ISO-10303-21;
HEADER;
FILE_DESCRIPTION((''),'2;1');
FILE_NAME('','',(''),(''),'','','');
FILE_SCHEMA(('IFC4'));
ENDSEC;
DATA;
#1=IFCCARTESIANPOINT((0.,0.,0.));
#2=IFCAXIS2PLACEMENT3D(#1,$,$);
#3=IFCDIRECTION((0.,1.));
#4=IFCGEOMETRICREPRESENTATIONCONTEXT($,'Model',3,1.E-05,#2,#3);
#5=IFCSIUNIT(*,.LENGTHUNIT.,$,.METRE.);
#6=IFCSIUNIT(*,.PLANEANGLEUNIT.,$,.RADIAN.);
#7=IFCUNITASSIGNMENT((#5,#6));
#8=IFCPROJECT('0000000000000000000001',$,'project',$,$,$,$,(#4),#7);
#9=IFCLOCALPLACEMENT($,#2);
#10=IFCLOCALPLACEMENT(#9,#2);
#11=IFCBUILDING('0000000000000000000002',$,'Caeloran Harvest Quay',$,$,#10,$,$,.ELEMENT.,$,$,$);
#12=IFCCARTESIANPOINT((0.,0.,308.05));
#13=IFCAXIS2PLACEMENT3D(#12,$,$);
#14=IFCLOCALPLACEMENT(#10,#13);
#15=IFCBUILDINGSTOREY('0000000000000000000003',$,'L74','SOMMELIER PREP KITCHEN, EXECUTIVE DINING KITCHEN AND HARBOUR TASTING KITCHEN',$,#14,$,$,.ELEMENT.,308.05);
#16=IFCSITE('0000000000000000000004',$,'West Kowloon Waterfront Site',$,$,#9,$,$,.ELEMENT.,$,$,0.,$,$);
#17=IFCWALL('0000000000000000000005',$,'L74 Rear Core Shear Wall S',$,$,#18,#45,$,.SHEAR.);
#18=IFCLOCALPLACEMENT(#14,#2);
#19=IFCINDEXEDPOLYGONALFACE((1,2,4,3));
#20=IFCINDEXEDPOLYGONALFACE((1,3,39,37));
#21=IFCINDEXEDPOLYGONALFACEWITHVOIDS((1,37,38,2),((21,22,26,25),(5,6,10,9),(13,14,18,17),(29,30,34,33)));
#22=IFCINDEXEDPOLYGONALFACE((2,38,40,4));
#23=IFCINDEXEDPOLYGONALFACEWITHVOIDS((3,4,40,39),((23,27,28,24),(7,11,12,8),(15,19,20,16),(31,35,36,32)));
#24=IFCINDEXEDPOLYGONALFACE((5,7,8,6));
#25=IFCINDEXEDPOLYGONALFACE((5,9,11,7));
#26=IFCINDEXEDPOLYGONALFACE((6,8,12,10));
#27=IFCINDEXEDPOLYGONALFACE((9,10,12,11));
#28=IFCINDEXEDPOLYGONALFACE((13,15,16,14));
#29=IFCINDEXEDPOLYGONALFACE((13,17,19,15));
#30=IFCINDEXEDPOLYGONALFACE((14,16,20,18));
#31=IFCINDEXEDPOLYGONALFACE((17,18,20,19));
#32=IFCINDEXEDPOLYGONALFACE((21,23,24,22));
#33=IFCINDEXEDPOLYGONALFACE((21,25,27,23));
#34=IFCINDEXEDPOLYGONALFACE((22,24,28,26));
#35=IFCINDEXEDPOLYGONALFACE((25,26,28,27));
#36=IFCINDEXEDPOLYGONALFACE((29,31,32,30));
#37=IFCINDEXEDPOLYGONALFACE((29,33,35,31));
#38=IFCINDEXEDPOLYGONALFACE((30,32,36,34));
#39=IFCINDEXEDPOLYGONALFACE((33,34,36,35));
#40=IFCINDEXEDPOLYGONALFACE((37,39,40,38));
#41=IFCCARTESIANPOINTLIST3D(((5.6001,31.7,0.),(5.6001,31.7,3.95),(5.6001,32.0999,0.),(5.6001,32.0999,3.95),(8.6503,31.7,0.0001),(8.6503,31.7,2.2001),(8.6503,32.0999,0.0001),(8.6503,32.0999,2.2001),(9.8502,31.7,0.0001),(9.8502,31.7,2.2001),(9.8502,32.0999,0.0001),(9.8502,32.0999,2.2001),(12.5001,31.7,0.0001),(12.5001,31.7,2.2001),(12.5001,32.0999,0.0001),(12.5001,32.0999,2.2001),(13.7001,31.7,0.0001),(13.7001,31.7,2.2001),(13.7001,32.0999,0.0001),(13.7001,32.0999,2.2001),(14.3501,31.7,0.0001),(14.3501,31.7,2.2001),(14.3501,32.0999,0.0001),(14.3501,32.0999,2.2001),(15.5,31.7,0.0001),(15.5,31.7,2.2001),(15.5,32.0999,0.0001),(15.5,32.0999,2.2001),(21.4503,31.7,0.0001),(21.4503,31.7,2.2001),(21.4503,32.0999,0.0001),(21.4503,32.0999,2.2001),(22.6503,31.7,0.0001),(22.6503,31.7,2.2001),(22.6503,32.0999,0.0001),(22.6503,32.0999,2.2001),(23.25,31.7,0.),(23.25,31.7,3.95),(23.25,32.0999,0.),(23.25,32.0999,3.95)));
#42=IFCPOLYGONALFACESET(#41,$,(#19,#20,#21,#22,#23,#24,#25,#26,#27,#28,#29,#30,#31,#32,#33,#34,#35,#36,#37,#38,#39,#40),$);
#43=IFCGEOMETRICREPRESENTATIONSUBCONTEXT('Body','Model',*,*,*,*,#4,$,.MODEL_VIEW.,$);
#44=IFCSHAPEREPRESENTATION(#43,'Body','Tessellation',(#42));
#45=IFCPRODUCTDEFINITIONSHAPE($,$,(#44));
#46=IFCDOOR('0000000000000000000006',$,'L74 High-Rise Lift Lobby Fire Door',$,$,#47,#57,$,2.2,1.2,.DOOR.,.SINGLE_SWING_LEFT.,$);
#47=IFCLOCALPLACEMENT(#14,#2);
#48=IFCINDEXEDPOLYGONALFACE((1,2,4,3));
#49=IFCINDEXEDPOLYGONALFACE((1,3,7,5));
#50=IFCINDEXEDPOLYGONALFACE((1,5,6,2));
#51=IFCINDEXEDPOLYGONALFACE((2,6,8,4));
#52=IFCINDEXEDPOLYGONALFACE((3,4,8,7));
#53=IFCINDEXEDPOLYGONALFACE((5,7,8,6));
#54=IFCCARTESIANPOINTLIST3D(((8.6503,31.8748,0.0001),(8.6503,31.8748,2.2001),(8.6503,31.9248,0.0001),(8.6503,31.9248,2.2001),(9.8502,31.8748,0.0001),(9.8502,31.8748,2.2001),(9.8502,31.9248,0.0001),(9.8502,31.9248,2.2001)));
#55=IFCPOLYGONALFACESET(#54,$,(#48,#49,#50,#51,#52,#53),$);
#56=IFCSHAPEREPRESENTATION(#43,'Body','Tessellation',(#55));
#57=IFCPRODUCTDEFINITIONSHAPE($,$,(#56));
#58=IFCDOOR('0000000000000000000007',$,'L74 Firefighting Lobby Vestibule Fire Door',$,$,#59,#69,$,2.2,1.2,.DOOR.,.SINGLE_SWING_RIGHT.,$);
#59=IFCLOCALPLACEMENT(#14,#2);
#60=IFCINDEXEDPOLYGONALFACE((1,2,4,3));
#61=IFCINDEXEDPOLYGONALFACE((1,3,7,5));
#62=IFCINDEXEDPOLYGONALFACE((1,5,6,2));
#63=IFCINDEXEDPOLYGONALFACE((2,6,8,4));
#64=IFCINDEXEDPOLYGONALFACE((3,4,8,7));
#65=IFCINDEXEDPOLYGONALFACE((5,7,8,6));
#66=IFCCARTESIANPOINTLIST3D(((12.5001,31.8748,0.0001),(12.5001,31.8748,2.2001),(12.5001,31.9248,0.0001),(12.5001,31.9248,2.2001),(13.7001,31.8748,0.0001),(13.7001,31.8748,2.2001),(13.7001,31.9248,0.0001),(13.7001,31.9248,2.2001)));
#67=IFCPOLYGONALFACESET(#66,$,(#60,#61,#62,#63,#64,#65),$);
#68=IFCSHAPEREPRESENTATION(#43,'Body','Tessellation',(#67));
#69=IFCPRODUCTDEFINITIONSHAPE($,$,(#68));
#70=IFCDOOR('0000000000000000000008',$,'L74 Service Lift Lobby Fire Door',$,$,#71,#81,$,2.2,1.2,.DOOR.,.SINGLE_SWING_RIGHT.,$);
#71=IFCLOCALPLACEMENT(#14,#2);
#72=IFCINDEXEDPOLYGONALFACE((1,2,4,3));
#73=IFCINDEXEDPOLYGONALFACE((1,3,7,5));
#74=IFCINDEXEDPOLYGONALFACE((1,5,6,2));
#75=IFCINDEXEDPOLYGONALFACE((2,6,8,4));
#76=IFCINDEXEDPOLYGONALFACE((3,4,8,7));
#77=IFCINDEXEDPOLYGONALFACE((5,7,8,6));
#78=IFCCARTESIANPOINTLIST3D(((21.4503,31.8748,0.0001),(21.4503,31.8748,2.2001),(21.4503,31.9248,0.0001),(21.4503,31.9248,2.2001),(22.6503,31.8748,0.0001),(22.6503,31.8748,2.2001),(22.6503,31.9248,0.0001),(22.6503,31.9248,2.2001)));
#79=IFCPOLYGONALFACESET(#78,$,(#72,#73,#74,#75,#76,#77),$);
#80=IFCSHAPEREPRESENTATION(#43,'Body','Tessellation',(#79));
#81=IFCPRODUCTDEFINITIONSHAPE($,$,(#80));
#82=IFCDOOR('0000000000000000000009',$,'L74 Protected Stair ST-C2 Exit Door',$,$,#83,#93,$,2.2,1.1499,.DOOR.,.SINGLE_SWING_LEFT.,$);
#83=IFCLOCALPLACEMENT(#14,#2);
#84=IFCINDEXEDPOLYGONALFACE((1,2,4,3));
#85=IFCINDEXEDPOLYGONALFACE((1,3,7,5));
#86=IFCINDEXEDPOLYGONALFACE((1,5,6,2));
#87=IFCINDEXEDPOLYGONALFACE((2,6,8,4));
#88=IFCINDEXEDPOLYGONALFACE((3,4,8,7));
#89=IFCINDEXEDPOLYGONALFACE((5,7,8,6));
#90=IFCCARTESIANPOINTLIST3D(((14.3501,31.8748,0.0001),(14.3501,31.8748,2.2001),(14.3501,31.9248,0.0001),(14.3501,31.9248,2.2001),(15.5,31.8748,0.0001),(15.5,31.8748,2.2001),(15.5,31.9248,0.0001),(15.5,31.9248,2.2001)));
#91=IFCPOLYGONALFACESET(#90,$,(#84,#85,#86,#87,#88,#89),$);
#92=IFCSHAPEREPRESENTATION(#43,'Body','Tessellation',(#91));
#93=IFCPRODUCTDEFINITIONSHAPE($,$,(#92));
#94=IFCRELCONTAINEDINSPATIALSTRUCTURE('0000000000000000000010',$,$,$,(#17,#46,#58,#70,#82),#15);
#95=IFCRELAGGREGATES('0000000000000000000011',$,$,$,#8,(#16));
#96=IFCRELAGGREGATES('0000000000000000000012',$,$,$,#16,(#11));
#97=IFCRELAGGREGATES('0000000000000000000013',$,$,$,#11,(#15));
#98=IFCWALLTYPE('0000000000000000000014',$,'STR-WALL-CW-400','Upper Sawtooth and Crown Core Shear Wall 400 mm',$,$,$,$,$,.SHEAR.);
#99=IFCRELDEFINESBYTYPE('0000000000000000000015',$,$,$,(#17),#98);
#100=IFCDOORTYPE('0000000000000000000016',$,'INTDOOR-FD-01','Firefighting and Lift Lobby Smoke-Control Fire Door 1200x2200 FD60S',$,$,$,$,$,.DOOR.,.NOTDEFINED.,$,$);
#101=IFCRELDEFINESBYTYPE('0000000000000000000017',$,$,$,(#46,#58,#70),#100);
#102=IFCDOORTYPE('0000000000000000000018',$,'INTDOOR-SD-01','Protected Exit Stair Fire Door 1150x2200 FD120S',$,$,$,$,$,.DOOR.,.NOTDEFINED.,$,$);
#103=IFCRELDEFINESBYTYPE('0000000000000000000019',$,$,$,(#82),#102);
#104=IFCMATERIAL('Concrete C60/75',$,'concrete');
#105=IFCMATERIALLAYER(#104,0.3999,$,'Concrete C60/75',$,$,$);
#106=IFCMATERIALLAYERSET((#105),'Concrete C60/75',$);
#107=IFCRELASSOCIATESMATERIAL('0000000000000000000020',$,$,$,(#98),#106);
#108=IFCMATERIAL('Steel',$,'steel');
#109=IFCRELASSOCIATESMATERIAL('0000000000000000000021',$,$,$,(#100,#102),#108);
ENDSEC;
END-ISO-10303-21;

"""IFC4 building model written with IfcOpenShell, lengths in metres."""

from ifc_helpers import new_model, si_unit, direction, frame, frame_2d, origin, place, context, subcontext, project, spatial, rectangle, extrude, material, layer, layer_set, type_object, element, fill, save


model = new_model("IFC4")

# Units and contexts
model_context = context("Model", 3, precision=1e-05, world=origin(), true_north=direction((0.0, 1.0)))
body_context = subcontext(model_context, "Body", "Model", "MODEL_VIEW")
ifc_project = project(units=[si_unit("LENGTHUNIT", "METRE"), si_unit("PLANEANGLEUNIT", "RADIAN")], contexts=[model_context])

# Site, building, storey
site_placement = place(None, origin())
site = spatial("IfcSite", under=ifc_project, at=site_placement, Name="West Kowloon Waterfront Site", CompositionType="ELEMENT", RefElevation=0.0)
building_placement = place(site_placement, origin())
building = spatial("IfcBuilding", under=site, at=building_placement, Name="Caeloran Harvest Quay", CompositionType="ELEMENT")
storey_placement = place(building_placement, frame((0.0, 0.0, 308.05)))
storey = spatial("IfcBuildingStorey", under=building, at=storey_placement, Name="L74", Description="SOMMELIER PREP KITCHEN, EXECUTIVE DINING KITCHEN AND HARBOUR TASTING KITCHEN", CompositionType="ELEMENT", Elevation=308.05)

# Wall, openings, doors
ifc_material_1 = material(Name="Concrete C60/75", Category="concrete")
ifc_layer_1 = layer(ifc_material_1, 0.3999, Name="Concrete C60/75")
ifc_layer_set_1 = layer_set([ifc_layer_1], Name="Concrete C60/75")
wall_type = type_object("IfcWallType", Name="STR-WALL-CW-400", Description="Upper Sawtooth and Crown Core Shear Wall 400 mm", PredefinedType="SHEAR", material=ifc_layer_set_1)
wall_placement = place(storey_placement, frame((5.6001, 31.8999, 0.0), z_axis=(0.0, 0.0, 1.0), x_axis=(1.0, 0.0, 0.0)))
wall = element("IfcWall", 1, at=wall_placement, inside=storey, type_object=wall_type, Name="L74 Rear Core Shear Wall S", PredefinedType="SHEAR", context=body_context, shape_type="SweptSolid", body=[
    extrude(rectangle(XDim=17.6499, YDim=0.3999, at=frame_2d((8.825, 0.0))), origin(), (0.0, 0.0, 1.0), 3.95),
])
opening_1_placement = place(wall_placement, frame((3.05, 0.0, 0.0)))
opening_1 = element("IfcOpeningElement", 2, at=opening_1_placement, cuts=wall, PredefinedType="OPENING", context=body_context, shape_type="SweptSolid", body=[
    extrude(rectangle(XDim=1.2, YDim=2.2, at=frame_2d((0.6001, 1.1001))), frame((0.0, 0.21, 0.0), z_axis=(0.0, -1.0, 0.0), x_axis=(1.0, 0.0, 0.0)), (0.0, 0.0, 1.0), 0.4199),
])
opening_2_placement = place(wall_placement, frame((6.8999, 0.0, 0.0)))
opening_2 = element("IfcOpeningElement", 3, at=opening_2_placement, cuts=wall, PredefinedType="OPENING", context=body_context, shape_type="SweptSolid", body=[
    extrude(rectangle(XDim=1.2, YDim=2.2, at=frame_2d((0.6001, 1.1001))), frame((0.0, 0.21, 0.0), z_axis=(0.0, -1.0, 0.0), x_axis=(1.0, 0.0, 0.0)), (0.0, 0.0, 1.0), 0.4199),
])
opening_3_placement = place(wall_placement, frame((8.75, 0.0, 0.0)))
opening_3 = element("IfcOpeningElement", 4, at=opening_3_placement, cuts=wall, PredefinedType="OPENING", context=body_context, shape_type="SweptSolid", body=[
    extrude(rectangle(XDim=1.1499, YDim=2.2, at=frame_2d((0.575, 1.1001))), frame((0.0, 0.21, 0.0), z_axis=(0.0, -1.0, 0.0), x_axis=(1.0, 0.0, 0.0)), (0.0, 0.0, 1.0), 0.4199),
])
opening_4_placement = place(wall_placement, frame((15.8501, 0.0, 0.0)))
opening_4 = element("IfcOpeningElement", 5, at=opening_4_placement, cuts=wall, PredefinedType="OPENING", context=body_context, shape_type="SweptSolid", body=[
    extrude(rectangle(XDim=1.2, YDim=2.2, at=frame_2d((0.6001, 1.1001))), frame((0.0, 0.21, 0.0), z_axis=(0.0, -1.0, 0.0), x_axis=(1.0, 0.0, 0.0)), (0.0, 0.0, 1.0), 0.4199),
])
ifc_material_2 = material(Name="Steel", Category="steel")
door_type_1 = type_object("IfcDoorType", Name="INTDOOR-FD-01", Description="Firefighting and Lift Lobby Smoke-Control Fire Door 1200x2200 FD60S", OperationType="NOTDEFINED", PredefinedType="DOOR", material=ifc_material_2)
door_1_placement = place(opening_1_placement, origin())
door_1 = element("IfcDoor", 6, at=door_1_placement, inside=storey, type_object=door_type_1, Name="L74 High-Rise Lift Lobby Fire Door", OperationType="SINGLE_SWING_LEFT", OverallHeight=2.2, OverallWidth=1.2, PredefinedType="DOOR", context=body_context, shape_type="SweptSolid", body=[
    extrude(rectangle(XDim=1.2, YDim=2.2, at=frame_2d((0.6001, 1.1001))), frame((0.0, 0.0249, 0.0), z_axis=(0.0, -1.0, 0.0), x_axis=(1.0, 0.0, 0.0)), (0.0, 0.0, 1.0), 0.05),
])
fill(opening_1, door_1)
door_2_placement = place(opening_2_placement, origin())
door_2 = element("IfcDoor", 7, at=door_2_placement, inside=storey, type_object=door_type_1, Name="L74 Firefighting Lobby Vestibule Fire Door", OperationType="SINGLE_SWING_RIGHT", OverallHeight=2.2, OverallWidth=1.2, PredefinedType="DOOR", context=body_context, shape_type="SweptSolid", body=[
    extrude(rectangle(XDim=1.2, YDim=2.2, at=frame_2d((0.6001, 1.1001))), frame((0.0, 0.0249, 0.0), z_axis=(0.0, -1.0, 0.0), x_axis=(1.0, 0.0, 0.0)), (0.0, 0.0, 1.0), 0.05),
])
fill(opening_2, door_2)
door_3_placement = place(opening_4_placement, origin())
door_3 = element("IfcDoor", 8, at=door_3_placement, inside=storey, type_object=door_type_1, Name="L74 Service Lift Lobby Fire Door", OperationType="SINGLE_SWING_RIGHT", OverallHeight=2.2, OverallWidth=1.2, PredefinedType="DOOR", context=body_context, shape_type="SweptSolid", body=[
    extrude(rectangle(XDim=1.2, YDim=2.2, at=frame_2d((0.6001, 1.1001))), frame((0.0, 0.0249, 0.0), z_axis=(0.0, -1.0, 0.0), x_axis=(1.0, 0.0, 0.0)), (0.0, 0.0, 1.0), 0.05),
])
fill(opening_4, door_3)
door_type_2 = type_object("IfcDoorType", Name="INTDOOR-SD-01", Description="Protected Exit Stair Fire Door 1150x2200 FD120S", OperationType="NOTDEFINED", PredefinedType="DOOR", material=ifc_material_2)
door_4_placement = place(opening_3_placement, origin())
door_4 = element("IfcDoor", 9, at=door_4_placement, inside=storey, type_object=door_type_2, Name="L74 Protected Stair ST-C2 Exit Door", OperationType="SINGLE_SWING_LEFT", OverallHeight=2.2, OverallWidth=1.1499, PredefinedType="DOOR", context=body_context, shape_type="SweptSolid", body=[
    extrude(rectangle(XDim=1.1499, YDim=2.2, at=frame_2d((0.575, 1.1001))), frame((0.0, 0.0249, 0.0), z_axis=(0.0, -1.0, 0.0), x_axis=(1.0, 0.0, 0.0)), (0.0, 0.0, 1.0), 0.05),
])
fill(opening_3, door_4)

save(model, "model.ifc")
